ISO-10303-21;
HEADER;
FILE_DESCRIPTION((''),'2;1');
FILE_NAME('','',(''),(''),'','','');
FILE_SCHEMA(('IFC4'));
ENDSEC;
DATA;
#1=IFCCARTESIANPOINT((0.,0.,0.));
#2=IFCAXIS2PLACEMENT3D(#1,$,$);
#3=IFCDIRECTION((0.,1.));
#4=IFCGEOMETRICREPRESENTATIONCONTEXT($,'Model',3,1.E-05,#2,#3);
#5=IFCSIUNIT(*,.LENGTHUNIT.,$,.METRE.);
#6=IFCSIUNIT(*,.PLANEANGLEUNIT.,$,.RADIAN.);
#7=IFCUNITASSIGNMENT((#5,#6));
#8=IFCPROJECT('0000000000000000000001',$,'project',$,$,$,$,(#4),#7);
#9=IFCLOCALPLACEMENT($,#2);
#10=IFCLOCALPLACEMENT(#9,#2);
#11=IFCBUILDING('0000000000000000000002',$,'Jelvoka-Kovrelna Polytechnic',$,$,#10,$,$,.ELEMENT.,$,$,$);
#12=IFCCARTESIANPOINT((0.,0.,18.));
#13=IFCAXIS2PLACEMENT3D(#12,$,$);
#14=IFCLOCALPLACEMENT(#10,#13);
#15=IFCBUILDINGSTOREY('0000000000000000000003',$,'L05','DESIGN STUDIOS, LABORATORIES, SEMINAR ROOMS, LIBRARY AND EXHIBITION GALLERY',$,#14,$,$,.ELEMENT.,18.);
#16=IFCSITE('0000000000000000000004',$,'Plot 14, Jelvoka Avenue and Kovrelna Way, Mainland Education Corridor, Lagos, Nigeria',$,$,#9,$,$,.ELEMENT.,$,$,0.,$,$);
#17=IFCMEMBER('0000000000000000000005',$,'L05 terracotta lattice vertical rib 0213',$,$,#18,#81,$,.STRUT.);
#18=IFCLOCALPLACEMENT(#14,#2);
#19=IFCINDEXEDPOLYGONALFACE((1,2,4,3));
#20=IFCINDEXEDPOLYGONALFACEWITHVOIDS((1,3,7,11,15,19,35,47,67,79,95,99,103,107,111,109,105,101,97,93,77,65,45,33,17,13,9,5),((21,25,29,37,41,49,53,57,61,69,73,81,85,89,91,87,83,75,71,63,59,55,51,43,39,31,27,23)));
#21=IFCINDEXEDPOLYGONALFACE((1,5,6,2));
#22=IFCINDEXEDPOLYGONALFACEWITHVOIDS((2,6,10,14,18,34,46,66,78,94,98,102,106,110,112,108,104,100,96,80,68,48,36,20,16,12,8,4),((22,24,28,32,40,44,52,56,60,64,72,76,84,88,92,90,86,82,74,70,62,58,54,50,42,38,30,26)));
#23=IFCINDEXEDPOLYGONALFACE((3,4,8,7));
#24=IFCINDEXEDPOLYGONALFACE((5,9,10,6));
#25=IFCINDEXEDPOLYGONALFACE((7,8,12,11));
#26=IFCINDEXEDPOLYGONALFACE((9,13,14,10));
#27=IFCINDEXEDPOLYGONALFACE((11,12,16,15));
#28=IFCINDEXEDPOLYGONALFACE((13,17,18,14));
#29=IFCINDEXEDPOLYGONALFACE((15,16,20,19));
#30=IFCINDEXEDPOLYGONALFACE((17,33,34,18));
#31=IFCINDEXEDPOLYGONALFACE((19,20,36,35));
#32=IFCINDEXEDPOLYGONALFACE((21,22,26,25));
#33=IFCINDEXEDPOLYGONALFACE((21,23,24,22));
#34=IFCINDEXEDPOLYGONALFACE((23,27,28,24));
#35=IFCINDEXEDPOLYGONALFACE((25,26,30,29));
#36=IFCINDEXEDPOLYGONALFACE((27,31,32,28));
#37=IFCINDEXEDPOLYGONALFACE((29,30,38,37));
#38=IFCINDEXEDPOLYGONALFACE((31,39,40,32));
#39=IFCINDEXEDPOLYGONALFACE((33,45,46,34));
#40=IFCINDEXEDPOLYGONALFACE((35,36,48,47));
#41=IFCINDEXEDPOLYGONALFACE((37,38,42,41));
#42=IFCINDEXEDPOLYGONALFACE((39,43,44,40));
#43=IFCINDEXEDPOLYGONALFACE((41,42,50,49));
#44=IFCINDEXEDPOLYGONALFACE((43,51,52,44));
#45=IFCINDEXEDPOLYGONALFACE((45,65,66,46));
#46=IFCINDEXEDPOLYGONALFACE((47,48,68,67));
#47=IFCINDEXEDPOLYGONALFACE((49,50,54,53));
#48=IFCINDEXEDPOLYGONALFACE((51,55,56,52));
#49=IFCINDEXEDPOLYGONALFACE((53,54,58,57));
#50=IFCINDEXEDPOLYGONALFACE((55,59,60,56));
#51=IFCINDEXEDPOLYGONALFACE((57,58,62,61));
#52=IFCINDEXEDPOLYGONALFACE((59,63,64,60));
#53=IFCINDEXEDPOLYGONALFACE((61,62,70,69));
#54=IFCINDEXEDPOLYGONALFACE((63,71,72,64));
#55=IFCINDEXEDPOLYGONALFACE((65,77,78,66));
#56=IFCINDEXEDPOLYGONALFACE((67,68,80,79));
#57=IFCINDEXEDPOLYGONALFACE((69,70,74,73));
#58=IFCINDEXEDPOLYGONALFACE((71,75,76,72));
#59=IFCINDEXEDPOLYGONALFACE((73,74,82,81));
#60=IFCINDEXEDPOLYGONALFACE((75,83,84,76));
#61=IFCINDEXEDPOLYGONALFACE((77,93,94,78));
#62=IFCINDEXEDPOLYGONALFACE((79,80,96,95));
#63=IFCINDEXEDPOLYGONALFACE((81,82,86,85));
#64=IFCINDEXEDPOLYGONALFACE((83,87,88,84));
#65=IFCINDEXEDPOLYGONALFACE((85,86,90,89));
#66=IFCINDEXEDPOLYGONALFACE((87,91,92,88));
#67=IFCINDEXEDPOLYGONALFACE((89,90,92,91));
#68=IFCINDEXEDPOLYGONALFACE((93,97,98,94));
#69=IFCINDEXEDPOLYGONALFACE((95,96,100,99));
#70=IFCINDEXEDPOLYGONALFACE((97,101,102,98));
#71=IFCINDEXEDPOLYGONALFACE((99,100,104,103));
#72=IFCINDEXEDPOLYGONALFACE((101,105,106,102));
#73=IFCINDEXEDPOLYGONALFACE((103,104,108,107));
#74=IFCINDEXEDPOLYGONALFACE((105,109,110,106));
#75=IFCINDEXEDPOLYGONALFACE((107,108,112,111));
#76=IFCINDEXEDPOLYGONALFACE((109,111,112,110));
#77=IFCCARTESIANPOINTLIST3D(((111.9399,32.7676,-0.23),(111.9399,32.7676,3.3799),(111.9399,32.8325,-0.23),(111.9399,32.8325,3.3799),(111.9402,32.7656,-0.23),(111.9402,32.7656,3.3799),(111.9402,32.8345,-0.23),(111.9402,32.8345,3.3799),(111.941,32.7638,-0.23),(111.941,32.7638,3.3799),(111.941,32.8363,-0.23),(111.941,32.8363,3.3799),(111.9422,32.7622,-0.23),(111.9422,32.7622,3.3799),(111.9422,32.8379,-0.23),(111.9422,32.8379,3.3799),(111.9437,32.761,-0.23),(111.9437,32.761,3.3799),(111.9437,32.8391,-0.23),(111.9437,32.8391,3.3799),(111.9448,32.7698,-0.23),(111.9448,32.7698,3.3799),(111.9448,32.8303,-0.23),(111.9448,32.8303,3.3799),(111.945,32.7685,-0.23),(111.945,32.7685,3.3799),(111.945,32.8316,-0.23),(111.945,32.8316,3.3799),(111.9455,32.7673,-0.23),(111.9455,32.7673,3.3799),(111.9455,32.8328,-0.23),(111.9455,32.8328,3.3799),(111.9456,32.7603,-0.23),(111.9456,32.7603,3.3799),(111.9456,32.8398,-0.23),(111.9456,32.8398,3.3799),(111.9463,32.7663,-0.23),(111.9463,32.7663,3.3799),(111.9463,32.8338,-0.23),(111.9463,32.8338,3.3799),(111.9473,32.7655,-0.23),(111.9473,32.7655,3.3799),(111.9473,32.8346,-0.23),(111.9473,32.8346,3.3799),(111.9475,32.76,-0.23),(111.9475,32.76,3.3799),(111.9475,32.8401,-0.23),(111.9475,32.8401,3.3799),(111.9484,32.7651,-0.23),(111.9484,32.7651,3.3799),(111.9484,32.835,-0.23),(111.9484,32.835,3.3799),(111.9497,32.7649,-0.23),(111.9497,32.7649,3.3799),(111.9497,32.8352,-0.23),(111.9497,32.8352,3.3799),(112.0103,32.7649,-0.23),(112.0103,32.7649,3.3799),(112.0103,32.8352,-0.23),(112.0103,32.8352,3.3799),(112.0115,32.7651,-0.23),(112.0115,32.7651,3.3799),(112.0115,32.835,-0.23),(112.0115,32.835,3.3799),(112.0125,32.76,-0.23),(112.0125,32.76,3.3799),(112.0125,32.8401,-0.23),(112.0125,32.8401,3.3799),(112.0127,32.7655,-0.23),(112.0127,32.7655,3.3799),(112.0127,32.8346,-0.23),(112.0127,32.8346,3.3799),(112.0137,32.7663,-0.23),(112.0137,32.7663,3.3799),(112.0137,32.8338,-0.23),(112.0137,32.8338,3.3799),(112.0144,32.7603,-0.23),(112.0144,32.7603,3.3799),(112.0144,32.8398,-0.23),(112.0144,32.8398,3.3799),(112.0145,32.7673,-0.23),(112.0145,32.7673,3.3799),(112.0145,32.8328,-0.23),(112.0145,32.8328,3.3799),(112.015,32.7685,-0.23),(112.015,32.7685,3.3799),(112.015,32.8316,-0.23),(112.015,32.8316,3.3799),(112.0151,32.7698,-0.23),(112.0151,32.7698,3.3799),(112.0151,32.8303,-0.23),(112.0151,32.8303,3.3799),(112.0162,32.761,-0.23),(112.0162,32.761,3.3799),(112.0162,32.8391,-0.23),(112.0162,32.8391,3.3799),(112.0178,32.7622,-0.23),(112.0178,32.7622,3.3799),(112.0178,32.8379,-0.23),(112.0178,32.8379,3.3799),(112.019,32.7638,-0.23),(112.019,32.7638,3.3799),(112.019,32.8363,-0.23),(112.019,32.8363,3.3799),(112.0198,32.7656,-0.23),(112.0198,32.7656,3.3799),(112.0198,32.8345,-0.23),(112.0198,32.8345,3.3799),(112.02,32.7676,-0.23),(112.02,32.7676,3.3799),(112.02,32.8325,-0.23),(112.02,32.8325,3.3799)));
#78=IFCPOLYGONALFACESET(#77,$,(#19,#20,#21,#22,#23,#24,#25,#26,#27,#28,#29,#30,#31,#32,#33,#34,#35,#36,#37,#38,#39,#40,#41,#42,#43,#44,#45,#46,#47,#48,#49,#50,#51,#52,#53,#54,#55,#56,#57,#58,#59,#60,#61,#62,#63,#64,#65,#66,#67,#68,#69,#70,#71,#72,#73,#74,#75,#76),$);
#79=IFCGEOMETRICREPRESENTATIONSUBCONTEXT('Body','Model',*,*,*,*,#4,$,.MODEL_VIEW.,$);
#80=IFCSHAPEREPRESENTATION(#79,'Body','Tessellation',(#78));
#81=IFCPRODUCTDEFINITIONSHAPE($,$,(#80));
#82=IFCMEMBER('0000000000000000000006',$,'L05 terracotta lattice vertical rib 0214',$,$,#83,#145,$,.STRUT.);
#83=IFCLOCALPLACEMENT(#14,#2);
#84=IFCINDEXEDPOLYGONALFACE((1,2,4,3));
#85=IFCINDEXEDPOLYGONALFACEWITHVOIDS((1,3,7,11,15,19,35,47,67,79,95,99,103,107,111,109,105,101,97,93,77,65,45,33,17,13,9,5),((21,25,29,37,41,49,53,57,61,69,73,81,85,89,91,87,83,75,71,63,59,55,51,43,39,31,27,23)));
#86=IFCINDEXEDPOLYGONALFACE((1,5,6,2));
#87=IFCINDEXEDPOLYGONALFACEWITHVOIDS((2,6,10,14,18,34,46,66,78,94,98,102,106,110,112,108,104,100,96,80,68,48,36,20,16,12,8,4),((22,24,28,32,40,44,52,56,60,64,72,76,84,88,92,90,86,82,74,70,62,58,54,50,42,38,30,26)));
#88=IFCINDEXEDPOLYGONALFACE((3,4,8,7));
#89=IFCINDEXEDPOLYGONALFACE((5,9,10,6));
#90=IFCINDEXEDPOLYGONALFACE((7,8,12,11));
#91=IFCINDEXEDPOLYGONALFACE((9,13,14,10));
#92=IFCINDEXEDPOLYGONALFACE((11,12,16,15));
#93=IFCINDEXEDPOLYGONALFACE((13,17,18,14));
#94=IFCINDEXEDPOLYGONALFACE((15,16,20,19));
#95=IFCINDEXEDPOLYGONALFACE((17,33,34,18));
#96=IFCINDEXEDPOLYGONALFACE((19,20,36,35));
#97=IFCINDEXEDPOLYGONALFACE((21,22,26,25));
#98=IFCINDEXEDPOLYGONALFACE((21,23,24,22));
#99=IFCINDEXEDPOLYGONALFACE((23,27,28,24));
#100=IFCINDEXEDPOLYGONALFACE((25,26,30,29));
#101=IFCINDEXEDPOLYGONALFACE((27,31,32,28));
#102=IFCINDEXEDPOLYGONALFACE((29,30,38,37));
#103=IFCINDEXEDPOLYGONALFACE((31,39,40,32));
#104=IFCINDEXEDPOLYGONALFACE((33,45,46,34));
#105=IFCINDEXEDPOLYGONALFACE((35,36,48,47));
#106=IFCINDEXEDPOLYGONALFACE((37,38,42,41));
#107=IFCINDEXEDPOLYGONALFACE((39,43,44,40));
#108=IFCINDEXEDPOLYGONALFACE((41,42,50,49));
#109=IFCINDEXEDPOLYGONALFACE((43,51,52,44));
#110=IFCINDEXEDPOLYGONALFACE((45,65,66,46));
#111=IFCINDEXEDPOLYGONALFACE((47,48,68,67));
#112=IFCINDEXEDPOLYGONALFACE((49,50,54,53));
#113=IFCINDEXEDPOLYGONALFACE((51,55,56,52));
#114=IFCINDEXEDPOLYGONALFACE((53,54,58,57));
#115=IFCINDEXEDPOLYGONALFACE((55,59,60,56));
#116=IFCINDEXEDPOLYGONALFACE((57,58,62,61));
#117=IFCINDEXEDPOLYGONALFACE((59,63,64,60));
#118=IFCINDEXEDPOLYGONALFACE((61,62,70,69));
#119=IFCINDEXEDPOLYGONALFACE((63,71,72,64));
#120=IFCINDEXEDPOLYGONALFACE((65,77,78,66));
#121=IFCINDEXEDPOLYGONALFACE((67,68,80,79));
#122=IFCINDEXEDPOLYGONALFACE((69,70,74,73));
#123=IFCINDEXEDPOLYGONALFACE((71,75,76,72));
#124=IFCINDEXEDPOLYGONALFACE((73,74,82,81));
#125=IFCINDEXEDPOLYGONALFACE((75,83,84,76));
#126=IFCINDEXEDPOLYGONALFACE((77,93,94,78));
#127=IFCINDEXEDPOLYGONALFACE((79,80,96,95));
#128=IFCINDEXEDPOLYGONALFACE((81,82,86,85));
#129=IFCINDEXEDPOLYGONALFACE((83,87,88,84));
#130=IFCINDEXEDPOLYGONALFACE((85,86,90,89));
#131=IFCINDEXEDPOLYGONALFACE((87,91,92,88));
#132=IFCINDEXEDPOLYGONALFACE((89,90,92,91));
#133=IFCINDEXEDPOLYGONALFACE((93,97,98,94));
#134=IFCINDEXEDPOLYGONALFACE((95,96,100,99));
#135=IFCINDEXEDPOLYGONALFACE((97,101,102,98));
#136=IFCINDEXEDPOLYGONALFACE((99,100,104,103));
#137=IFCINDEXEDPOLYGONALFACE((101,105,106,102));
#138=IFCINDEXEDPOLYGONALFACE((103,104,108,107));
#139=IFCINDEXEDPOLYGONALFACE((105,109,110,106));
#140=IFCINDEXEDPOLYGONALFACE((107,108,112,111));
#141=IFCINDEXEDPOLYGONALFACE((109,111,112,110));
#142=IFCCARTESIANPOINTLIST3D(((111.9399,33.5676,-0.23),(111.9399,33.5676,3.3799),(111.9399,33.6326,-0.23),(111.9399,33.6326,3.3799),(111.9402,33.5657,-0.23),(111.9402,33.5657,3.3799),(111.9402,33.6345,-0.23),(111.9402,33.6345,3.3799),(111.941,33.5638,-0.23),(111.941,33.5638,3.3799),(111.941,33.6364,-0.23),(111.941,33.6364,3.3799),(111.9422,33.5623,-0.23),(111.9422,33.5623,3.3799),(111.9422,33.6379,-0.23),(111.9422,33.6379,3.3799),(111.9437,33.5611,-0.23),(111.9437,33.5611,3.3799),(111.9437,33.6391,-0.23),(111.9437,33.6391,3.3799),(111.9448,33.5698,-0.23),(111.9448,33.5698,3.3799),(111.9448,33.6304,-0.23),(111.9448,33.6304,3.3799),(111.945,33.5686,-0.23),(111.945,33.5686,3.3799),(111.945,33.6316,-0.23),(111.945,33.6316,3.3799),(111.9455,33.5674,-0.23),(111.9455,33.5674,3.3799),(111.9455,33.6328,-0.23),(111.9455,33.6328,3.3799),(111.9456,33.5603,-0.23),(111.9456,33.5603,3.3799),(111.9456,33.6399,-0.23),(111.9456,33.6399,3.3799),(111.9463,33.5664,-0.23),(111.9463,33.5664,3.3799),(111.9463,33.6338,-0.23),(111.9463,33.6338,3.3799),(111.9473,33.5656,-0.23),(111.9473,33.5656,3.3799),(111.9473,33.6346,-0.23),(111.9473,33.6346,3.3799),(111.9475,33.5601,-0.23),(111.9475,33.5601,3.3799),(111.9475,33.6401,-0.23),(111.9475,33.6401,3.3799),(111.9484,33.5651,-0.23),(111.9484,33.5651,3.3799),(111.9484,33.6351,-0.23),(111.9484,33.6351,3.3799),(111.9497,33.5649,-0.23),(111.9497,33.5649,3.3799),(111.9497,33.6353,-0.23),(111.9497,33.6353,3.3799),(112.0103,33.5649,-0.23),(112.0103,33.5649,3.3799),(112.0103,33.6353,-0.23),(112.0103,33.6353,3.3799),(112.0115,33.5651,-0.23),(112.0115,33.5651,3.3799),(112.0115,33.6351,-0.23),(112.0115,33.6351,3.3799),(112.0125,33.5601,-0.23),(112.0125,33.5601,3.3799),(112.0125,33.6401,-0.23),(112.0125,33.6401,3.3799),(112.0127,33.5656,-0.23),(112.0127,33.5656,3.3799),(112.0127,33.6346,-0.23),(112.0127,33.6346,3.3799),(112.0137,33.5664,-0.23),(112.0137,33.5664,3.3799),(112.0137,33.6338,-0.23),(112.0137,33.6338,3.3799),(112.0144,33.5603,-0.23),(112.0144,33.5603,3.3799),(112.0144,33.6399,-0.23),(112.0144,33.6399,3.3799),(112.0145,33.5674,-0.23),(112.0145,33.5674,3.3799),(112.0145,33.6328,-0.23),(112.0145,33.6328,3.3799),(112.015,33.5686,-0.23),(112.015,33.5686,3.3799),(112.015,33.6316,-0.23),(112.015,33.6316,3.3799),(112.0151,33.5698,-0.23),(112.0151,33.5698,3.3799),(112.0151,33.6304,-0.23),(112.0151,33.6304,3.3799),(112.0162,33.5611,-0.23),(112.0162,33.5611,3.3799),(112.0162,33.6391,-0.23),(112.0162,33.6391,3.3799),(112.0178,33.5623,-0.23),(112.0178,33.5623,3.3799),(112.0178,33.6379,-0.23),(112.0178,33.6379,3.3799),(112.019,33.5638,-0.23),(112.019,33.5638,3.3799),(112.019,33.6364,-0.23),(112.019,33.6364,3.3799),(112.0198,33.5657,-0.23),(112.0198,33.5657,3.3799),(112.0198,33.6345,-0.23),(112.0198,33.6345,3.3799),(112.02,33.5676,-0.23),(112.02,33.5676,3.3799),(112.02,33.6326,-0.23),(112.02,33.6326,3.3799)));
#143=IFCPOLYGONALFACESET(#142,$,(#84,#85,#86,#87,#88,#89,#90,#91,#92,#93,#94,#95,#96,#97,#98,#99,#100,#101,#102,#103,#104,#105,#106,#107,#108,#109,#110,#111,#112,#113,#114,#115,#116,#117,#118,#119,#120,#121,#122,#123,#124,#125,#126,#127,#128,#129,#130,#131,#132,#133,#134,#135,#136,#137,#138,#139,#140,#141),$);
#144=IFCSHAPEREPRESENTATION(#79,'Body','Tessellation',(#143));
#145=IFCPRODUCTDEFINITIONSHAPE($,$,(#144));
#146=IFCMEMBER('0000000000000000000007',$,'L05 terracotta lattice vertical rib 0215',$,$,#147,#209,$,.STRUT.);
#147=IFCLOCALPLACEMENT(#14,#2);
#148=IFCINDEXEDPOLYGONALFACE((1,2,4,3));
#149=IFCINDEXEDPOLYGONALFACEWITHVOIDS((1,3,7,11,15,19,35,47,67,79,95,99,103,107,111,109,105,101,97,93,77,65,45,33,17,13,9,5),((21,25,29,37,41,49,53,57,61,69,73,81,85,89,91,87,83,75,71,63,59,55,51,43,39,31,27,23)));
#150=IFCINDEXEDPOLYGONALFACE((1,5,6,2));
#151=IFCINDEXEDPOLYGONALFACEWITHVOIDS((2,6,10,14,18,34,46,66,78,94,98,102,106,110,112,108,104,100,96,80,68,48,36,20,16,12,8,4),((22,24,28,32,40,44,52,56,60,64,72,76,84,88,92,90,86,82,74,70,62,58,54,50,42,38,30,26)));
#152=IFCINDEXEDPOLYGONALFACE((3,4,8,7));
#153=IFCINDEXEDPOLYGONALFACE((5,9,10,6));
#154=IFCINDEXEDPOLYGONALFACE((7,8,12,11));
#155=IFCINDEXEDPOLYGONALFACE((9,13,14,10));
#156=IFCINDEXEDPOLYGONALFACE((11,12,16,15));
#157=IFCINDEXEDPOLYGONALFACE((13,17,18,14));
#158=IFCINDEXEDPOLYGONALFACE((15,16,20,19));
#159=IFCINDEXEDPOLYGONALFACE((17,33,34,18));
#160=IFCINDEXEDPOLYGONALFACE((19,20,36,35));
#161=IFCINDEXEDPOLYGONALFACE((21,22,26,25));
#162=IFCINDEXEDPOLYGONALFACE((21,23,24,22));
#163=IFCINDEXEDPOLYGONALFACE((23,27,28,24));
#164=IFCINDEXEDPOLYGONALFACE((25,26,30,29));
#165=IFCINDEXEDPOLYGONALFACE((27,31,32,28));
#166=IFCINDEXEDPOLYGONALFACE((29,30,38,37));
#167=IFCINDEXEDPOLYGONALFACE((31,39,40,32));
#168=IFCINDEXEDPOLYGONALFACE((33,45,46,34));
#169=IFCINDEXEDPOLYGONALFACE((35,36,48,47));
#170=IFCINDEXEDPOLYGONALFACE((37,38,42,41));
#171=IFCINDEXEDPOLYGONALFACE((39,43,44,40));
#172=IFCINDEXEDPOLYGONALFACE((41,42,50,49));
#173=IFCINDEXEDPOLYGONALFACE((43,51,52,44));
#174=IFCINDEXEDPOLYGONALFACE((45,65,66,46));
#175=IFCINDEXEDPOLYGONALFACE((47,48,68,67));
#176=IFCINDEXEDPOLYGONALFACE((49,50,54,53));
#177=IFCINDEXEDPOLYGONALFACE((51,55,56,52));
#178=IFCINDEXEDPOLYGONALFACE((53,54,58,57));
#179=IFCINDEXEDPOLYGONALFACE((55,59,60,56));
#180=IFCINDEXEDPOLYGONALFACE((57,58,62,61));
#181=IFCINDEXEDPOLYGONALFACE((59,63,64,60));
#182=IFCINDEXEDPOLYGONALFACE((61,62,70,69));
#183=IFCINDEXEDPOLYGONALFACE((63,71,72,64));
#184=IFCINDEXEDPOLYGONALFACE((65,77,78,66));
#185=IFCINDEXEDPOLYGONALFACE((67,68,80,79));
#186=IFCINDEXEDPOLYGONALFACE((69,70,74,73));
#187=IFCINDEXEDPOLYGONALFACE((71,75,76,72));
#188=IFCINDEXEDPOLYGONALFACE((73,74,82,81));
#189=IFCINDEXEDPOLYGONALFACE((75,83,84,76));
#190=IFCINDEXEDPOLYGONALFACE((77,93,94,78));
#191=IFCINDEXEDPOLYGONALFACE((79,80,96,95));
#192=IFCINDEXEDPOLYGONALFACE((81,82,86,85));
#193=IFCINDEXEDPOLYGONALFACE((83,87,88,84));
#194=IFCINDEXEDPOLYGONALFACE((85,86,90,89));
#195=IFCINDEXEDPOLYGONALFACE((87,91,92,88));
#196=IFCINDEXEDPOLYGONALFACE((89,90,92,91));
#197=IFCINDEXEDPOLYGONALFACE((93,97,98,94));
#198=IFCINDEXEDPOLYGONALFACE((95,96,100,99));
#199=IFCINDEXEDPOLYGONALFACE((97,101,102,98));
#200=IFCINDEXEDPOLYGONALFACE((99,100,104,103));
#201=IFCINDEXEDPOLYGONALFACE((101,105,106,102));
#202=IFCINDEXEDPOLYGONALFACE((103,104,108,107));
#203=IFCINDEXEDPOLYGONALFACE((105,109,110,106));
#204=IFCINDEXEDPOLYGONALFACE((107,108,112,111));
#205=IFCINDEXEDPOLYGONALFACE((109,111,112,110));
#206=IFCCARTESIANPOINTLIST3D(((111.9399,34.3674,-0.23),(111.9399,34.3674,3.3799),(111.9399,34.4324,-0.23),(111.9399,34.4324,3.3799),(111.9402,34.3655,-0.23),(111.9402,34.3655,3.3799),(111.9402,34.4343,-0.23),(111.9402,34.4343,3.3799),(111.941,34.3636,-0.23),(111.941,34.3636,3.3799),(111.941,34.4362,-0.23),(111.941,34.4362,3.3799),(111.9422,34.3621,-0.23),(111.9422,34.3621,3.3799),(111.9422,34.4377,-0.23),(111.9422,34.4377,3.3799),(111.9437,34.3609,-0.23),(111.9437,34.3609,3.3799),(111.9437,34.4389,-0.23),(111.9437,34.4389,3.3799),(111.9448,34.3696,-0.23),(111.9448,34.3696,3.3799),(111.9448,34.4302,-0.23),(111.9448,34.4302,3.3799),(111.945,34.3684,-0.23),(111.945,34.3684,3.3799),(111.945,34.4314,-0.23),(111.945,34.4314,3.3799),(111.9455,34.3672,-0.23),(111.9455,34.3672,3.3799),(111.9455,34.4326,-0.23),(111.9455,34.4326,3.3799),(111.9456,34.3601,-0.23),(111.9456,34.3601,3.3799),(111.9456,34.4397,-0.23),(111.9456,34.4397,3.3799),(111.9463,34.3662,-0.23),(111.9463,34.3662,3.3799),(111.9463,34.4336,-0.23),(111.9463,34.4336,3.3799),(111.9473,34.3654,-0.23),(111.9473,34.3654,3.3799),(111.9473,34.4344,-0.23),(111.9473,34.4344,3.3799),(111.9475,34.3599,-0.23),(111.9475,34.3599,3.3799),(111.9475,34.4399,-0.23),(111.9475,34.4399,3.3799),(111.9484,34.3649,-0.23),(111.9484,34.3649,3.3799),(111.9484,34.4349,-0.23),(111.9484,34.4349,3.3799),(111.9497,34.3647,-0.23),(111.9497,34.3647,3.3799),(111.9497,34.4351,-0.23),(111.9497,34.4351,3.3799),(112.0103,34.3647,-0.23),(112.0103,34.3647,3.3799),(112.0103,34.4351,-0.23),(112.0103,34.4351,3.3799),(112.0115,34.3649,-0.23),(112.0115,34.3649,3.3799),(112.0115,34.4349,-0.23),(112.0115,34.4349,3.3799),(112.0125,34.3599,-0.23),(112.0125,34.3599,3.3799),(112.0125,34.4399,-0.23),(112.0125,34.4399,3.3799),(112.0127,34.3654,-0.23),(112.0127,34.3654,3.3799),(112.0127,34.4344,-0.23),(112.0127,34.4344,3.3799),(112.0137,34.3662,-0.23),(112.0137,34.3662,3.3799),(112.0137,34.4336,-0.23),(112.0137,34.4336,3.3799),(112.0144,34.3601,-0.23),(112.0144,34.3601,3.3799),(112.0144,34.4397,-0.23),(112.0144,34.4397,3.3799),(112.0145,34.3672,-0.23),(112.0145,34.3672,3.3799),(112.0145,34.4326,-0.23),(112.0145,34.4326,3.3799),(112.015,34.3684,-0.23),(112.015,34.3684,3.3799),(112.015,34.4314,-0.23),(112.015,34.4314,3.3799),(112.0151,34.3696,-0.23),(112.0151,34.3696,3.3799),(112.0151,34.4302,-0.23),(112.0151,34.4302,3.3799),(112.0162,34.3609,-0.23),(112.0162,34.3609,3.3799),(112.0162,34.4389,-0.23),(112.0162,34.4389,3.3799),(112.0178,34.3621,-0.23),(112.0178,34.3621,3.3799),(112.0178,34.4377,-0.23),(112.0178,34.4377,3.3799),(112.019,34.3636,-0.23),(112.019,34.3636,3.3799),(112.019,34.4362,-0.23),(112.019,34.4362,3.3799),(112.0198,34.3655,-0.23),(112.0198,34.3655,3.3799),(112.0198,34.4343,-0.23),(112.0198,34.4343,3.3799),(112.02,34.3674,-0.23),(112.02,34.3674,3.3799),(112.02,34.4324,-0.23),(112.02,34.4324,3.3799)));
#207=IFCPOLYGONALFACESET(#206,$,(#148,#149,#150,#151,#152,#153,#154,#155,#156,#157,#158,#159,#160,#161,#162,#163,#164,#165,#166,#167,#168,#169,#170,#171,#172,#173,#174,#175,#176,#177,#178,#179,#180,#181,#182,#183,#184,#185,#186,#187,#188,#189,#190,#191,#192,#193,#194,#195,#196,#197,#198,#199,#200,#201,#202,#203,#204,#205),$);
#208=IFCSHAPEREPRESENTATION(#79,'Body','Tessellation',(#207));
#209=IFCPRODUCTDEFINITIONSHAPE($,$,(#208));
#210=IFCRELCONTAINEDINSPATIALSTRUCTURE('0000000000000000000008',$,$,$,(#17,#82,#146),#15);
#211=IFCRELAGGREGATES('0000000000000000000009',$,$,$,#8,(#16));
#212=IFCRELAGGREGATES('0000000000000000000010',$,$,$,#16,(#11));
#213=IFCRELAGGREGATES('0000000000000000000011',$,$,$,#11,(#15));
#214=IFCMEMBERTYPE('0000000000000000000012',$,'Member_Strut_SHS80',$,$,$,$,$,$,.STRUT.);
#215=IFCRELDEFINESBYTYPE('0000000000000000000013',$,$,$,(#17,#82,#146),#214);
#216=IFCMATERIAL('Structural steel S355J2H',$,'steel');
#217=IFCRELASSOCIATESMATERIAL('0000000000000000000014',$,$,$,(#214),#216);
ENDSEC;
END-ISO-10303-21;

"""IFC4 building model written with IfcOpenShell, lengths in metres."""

from ifc_helpers import new_model, si_unit, direction, frame, origin, origin_2d, place, context, subcontext, project, spatial, hollow_rectangle, extrude, material, material_profile, profile_set, type_object, element, save


model = new_model("IFC4")

# Units and contexts
model_context = context("Model", 3, precision=1e-05, world=origin(), true_north=direction((0.0, 1.0)))
body_context = subcontext(model_context, "Body", "Model", "MODEL_VIEW")
ifc_project = project(units=[si_unit("LENGTHUNIT", "METRE"), si_unit("PLANEANGLEUNIT", "RADIAN")], contexts=[model_context])

# Site, building, storey
site_placement = place(None, origin())
site = spatial("IfcSite", under=ifc_project, at=site_placement, Name="Plot 14, Jelvoka Avenue and Kovrelna Way, Mainland Education Corridor, Lagos, Nigeria", CompositionType="ELEMENT", RefElevation=0.0)
building_placement = place(site_placement, origin())
building = spatial("IfcBuilding", under=site, at=building_placement, Name="Jelvoka-Kovrelna Polytechnic", CompositionType="ELEMENT")
storey_placement = place(building_placement, frame((0.0, 0.0, 18.0)))
storey = spatial("IfcBuildingStorey", under=building, at=storey_placement, Name="L05", Description="DESIGN STUDIOS, LABORATORIES, SEMINAR ROOMS, LIBRARY AND EXHIBITION GALLERY", CompositionType="ELEMENT", Elevation=18.0)

# Members
ifc_material_1 = material(Name="Structural steel S355J2H", Category="steel")
ifc_material_profile_1 = material_profile(ifc_material_1, hollow_rectangle(XDim=0.0801, YDim=0.0801, WallThickness=0.0049, InnerFilletRadius=0.0049, OuterFilletRadius=0.0076, at=origin_2d()), Name="80x80x5.0 SHS")
ifc_profile_set_1 = profile_set([ifc_material_profile_1], Name="Structural steel S355J2H")
member_type_1 = type_object("IfcMemberType", Name="Member_Strut_SHS80", PredefinedType="STRUT", material=ifc_profile_set_1)
for number, where, z_axis, x_axis, name in (
    (1, (111.98, 32.8, -0.23), (0.0, 0.0, 1.0), (1.0, 0.0, 0.0), "L05 terracotta lattice vertical rib 0213"),
    (2, (111.98, 33.6001, -0.23), (0.0, 0.0, 1.0), (1.0, 0.0, 0.0), "L05 terracotta lattice vertical rib 0214"),
    (3, (111.98, 34.3999, -0.23), (0.0, 0.0, 1.0), (1.0, 0.0, 0.0), "L05 terracotta lattice vertical rib 0215"),
):
    element("IfcMember", number, at=place(storey_placement, frame(where, z_axis=z_axis, x_axis=x_axis)), inside=storey, type_object=member_type_1, Name=name, PredefinedType="STRUT", context=body_context, shape_type="SweptSolid", body=[
        extrude(hollow_rectangle(XDim=0.0801, YDim=0.0801, WallThickness=0.0049, InnerFilletRadius=0.0049, OuterFilletRadius=0.0076, at=origin_2d()), origin(), (0.0, 0.0, 1.0), 3.6099),
    ])

save(model, "model.ifc")
